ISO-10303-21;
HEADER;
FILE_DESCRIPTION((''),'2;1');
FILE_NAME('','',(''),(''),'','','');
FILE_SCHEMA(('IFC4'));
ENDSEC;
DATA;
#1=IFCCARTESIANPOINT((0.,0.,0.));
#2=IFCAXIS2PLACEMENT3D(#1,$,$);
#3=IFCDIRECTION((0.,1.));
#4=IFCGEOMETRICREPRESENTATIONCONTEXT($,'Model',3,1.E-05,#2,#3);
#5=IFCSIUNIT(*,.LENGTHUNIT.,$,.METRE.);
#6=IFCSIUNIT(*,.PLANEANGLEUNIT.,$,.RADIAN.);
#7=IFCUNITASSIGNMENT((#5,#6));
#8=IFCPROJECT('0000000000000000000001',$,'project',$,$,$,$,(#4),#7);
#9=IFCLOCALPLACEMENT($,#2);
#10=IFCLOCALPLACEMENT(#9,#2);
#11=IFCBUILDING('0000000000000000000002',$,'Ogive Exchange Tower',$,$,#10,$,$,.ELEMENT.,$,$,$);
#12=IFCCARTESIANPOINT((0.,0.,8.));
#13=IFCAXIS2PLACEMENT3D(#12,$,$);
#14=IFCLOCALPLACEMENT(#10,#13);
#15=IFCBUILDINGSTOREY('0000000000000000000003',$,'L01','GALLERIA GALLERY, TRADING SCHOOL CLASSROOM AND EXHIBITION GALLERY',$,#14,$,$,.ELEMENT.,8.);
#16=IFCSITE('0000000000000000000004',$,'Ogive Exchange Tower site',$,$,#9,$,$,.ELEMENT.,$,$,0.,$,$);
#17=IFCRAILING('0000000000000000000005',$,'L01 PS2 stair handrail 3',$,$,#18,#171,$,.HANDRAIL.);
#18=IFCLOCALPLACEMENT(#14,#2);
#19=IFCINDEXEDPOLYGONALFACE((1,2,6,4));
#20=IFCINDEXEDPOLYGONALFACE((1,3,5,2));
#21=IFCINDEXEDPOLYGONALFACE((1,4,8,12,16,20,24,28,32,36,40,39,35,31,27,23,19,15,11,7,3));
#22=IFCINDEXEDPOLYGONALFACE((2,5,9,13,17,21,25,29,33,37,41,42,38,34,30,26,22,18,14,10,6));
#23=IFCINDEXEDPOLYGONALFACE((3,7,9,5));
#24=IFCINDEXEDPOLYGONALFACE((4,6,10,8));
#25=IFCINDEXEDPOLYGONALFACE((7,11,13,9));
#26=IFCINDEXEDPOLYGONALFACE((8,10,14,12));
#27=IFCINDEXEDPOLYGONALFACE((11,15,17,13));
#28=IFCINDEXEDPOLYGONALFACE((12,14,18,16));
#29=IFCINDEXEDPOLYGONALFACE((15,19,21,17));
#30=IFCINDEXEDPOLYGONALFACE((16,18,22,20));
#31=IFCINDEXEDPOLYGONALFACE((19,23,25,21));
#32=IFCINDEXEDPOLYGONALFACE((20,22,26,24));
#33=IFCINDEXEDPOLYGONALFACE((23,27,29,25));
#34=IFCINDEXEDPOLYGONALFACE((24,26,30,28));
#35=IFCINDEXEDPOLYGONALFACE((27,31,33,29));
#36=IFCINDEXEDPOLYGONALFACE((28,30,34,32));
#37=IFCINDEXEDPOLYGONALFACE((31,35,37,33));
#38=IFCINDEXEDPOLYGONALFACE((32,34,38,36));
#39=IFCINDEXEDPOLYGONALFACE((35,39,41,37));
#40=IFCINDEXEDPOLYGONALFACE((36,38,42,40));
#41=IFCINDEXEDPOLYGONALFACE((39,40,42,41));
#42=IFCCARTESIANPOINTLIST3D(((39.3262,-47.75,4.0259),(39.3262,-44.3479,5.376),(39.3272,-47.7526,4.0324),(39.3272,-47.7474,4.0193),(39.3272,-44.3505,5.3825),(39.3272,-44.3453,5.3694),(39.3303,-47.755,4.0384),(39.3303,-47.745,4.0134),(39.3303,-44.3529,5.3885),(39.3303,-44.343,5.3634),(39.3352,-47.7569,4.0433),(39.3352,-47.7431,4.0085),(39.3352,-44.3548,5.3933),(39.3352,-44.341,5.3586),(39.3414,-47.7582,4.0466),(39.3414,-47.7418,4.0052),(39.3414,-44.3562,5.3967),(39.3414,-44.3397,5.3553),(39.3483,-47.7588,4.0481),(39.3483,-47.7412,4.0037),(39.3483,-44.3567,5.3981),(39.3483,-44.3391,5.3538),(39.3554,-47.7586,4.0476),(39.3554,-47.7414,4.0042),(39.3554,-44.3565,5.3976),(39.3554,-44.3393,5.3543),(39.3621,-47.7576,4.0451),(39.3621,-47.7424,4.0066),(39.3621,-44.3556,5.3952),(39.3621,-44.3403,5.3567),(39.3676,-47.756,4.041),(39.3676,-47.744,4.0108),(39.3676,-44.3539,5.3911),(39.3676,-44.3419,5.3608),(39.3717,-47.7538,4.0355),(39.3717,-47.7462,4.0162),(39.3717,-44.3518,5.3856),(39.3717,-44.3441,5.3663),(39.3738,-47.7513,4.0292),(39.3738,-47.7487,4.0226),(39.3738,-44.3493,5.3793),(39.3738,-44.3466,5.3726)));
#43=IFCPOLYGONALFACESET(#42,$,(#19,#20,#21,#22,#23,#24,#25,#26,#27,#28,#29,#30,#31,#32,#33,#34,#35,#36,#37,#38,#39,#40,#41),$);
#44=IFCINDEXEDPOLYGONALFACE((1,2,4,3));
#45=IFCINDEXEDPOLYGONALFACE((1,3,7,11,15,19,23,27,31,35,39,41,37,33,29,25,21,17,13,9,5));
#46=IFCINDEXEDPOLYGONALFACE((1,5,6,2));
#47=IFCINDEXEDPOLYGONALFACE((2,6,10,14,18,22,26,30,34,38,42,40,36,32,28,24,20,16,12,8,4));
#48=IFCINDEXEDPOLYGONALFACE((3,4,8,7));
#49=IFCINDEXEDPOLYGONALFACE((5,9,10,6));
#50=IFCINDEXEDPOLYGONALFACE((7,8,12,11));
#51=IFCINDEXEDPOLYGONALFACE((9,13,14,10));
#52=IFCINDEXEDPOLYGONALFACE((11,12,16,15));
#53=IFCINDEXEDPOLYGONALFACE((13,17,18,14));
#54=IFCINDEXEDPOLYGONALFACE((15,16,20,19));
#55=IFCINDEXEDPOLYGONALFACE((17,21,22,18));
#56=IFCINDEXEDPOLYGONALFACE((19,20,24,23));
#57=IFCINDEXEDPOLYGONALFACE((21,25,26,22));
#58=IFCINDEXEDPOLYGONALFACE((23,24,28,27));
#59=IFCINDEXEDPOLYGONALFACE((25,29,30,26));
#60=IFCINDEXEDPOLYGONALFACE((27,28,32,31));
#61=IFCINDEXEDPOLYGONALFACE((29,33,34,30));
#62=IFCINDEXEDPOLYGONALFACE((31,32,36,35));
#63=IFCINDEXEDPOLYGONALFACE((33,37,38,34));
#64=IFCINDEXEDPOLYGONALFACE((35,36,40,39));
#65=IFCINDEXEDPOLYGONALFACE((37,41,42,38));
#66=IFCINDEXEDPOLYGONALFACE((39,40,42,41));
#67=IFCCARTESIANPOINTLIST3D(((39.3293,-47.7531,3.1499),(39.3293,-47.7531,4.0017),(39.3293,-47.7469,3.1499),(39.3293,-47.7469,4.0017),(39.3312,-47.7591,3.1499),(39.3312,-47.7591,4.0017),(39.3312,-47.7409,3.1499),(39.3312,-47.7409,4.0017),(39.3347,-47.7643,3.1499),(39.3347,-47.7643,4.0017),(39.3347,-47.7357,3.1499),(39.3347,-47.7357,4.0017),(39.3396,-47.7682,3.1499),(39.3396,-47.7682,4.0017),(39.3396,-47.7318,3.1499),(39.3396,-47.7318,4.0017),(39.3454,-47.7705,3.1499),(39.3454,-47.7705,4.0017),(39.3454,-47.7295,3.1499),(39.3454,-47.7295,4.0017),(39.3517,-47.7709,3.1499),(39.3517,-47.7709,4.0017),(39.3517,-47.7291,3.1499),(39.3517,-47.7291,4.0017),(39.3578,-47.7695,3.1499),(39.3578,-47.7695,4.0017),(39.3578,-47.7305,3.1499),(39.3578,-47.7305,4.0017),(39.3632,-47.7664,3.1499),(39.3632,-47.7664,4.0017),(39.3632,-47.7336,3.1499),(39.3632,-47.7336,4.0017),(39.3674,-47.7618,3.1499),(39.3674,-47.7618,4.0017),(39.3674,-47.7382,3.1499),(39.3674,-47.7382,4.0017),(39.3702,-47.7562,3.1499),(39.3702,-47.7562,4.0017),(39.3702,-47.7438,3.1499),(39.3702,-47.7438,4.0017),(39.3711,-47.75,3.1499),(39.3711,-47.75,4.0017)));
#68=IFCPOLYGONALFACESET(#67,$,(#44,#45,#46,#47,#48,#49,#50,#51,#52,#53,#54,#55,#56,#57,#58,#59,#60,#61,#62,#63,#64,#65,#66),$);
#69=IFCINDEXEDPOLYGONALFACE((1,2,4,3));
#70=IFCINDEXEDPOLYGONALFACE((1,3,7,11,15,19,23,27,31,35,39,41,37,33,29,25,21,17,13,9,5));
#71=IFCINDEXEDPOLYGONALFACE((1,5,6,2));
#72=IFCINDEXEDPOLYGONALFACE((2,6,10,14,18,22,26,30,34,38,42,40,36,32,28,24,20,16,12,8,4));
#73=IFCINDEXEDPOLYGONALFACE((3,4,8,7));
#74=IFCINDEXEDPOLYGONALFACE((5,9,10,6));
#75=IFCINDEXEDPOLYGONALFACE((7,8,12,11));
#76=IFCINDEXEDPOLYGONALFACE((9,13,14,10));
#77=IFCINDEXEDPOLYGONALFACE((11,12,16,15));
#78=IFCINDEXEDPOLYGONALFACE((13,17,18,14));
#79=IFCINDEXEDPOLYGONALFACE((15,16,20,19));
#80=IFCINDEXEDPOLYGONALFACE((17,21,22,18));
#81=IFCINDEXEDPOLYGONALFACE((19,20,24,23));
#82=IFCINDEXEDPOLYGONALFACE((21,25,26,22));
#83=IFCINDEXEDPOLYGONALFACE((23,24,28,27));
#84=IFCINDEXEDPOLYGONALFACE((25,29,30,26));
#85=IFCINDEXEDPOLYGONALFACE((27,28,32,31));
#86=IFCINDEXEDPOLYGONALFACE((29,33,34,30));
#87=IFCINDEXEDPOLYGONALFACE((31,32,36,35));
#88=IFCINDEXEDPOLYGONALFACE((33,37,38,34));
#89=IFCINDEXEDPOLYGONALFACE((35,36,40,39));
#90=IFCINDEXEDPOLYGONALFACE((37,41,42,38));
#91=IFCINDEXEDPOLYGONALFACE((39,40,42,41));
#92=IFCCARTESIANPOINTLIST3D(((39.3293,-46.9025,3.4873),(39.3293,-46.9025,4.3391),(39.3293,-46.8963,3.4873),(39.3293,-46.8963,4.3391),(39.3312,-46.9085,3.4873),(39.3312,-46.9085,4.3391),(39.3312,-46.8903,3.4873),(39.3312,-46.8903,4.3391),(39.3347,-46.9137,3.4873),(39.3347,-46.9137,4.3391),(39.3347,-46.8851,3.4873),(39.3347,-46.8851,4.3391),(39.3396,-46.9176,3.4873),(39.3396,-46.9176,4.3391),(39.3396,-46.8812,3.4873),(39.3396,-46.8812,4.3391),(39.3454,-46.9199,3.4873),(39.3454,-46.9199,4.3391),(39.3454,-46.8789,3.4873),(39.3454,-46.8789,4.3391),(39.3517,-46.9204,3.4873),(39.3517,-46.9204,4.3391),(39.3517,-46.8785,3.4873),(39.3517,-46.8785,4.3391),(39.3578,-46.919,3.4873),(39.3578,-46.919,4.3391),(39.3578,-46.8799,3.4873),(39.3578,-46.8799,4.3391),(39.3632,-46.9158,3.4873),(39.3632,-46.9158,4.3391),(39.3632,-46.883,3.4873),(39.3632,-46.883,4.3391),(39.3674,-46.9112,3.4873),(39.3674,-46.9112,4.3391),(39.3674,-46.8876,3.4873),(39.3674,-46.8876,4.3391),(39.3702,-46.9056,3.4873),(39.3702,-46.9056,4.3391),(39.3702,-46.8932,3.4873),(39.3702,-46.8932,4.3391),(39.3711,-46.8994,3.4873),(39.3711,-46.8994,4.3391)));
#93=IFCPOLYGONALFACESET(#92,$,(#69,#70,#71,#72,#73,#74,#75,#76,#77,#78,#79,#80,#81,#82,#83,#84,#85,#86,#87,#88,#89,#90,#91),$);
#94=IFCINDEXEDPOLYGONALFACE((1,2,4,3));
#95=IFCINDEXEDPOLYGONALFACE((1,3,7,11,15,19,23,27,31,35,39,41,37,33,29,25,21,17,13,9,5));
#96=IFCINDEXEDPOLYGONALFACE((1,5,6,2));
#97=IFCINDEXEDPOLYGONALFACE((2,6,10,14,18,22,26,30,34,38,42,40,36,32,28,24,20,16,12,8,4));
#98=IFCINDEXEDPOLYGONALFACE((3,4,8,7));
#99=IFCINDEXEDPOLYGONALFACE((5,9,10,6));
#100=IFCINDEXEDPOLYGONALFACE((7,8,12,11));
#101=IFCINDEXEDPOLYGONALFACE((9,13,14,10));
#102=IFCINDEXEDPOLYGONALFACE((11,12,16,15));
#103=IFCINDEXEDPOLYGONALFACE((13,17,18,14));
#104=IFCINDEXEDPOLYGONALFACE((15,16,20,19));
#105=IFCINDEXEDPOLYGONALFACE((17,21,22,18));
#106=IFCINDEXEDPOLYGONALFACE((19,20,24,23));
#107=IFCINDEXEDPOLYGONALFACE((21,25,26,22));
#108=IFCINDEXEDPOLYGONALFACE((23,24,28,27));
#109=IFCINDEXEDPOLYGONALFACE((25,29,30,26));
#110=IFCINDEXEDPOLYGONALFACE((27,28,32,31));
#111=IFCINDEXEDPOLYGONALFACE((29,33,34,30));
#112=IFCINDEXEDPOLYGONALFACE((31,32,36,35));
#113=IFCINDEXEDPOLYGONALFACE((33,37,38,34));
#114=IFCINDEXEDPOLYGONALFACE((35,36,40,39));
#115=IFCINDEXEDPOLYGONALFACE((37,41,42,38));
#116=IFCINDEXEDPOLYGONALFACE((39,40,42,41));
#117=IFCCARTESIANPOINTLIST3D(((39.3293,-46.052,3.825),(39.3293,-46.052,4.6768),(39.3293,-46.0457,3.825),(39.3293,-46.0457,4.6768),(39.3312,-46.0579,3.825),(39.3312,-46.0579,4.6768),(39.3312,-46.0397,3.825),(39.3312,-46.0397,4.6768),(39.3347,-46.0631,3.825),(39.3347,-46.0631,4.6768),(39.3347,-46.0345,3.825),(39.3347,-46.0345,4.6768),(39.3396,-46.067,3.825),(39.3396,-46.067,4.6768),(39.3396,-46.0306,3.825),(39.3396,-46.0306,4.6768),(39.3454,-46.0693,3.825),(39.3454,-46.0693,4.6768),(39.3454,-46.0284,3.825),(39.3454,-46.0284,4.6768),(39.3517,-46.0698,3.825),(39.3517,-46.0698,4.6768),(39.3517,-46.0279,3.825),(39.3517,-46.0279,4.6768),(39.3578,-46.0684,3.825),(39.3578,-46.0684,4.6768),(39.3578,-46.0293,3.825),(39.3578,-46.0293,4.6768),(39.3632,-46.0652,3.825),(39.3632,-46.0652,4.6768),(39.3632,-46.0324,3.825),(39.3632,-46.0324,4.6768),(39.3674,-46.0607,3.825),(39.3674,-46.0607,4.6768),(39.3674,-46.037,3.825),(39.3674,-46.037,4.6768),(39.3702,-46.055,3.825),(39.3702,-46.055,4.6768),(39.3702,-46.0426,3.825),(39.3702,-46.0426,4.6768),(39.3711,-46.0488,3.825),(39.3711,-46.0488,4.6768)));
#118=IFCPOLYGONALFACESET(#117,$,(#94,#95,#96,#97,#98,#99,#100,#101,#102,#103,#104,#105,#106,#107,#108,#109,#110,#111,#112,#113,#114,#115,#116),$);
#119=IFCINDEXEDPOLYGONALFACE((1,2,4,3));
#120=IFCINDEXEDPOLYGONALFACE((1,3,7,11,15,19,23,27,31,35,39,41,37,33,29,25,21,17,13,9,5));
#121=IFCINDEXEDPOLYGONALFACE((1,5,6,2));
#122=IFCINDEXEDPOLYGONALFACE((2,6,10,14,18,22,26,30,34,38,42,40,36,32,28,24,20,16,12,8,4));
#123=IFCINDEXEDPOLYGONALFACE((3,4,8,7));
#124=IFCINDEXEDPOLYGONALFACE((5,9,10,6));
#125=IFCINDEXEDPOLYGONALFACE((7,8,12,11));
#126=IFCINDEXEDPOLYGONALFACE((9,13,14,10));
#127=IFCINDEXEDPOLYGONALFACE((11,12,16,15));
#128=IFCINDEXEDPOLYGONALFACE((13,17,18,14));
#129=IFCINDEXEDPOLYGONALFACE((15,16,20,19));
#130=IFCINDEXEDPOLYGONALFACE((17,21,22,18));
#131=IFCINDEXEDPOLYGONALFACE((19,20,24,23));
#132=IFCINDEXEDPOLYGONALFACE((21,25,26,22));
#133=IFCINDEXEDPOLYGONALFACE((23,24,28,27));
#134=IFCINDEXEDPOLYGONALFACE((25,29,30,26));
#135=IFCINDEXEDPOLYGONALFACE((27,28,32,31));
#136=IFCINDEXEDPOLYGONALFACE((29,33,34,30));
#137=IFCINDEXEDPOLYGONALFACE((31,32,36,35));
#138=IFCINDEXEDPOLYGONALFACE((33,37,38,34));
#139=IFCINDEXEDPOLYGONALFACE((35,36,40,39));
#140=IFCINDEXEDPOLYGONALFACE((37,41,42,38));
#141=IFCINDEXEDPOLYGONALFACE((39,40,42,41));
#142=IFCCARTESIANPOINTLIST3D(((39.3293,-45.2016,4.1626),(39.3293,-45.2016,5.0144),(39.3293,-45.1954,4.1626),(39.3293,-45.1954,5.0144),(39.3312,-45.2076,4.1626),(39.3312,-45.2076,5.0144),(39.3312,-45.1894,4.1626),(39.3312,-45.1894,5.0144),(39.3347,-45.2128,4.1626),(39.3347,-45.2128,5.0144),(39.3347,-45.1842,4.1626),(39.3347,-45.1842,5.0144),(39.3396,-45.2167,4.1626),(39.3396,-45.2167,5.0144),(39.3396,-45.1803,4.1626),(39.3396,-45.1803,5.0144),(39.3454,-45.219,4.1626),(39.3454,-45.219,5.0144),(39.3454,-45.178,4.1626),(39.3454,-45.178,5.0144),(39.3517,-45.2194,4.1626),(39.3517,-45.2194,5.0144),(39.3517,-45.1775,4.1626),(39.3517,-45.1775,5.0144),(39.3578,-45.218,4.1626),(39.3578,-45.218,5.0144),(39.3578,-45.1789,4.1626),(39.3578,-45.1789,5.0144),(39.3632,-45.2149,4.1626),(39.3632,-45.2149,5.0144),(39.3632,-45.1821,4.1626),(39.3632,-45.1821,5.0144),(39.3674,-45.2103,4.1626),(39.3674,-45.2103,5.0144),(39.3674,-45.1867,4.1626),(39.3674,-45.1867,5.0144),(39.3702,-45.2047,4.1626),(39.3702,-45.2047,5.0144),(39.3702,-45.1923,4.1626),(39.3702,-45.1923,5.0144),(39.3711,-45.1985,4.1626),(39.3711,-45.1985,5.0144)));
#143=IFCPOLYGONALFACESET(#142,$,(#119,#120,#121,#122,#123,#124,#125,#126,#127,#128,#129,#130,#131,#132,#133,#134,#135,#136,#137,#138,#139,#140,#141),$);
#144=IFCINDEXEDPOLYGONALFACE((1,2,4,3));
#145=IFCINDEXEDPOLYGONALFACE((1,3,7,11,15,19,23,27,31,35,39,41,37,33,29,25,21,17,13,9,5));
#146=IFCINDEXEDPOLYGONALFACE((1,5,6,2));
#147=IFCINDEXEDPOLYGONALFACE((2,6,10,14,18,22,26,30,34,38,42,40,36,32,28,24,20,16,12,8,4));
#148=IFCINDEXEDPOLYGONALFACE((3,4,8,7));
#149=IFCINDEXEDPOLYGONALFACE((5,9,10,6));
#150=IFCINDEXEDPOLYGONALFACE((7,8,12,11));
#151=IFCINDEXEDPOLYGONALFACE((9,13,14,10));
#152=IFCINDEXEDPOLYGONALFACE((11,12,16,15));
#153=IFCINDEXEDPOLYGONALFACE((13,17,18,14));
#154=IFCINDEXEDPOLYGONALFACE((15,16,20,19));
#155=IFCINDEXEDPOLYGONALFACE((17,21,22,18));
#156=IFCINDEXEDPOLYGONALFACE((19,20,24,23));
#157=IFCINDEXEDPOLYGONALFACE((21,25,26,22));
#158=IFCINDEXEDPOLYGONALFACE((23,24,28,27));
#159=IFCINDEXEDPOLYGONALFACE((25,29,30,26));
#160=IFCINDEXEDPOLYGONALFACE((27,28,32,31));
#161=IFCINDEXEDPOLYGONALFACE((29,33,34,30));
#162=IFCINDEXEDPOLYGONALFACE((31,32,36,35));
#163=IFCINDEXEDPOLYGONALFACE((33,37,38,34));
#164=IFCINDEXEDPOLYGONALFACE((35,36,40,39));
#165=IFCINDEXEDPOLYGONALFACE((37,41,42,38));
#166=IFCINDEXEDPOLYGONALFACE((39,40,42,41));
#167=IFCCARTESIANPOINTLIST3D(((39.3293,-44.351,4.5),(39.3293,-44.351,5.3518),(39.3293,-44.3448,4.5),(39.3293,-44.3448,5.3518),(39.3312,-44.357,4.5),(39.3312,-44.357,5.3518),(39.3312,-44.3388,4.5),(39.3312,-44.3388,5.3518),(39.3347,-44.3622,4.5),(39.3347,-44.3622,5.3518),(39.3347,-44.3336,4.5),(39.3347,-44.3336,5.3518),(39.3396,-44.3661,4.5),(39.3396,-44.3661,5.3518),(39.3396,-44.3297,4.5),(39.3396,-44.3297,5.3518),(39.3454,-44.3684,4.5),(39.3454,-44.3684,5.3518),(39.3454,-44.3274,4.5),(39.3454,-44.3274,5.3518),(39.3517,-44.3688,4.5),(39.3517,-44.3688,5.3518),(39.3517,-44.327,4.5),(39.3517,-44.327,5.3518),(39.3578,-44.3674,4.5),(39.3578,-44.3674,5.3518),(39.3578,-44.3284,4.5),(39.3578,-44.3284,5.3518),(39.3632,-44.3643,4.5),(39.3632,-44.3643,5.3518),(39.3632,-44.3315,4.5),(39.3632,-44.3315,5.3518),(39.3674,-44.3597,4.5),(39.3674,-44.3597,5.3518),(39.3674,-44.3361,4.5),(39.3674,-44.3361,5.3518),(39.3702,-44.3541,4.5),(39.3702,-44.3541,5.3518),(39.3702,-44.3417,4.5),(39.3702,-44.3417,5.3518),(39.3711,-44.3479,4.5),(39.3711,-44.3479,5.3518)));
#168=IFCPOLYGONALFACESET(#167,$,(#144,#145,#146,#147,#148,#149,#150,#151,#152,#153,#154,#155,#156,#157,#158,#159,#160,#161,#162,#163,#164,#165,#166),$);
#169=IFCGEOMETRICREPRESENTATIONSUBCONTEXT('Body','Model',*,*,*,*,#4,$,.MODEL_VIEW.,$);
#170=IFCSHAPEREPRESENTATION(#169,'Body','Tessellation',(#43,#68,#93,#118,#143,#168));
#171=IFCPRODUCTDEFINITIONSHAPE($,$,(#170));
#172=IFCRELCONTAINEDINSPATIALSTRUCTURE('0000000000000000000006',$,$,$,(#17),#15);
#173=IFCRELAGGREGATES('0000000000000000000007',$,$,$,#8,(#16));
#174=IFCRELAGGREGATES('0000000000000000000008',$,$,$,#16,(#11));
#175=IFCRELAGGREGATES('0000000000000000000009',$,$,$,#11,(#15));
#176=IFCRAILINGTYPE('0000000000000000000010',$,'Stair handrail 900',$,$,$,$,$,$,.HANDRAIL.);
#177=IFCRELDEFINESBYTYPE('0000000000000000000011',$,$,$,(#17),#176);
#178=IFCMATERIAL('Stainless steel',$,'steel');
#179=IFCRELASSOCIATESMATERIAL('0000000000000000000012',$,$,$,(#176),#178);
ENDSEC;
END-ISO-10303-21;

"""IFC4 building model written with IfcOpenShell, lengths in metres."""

from ifc_helpers import new_model, si_unit, direction, frame, origin, origin_2d, place, context, subcontext, project, spatial, circle, extrude, material, type_object, element, save


model = new_model("IFC4")

# Units and contexts
model_context = context("Model", 3, precision=1e-05, world=origin(), true_north=direction((0.0, 1.0)))
body_context = subcontext(model_context, "Body", "Model", "MODEL_VIEW")
ifc_project = project(units=[si_unit("LENGTHUNIT", "METRE"), si_unit("PLANEANGLEUNIT", "RADIAN")], contexts=[model_context])

# Site, building, storey
site_placement = place(None, origin())
site = spatial("IfcSite", under=ifc_project, at=site_placement, Name="Ogive Exchange Tower site", CompositionType="ELEMENT", RefElevation=0.0)
building_placement = place(site_placement, origin())
building = spatial("IfcBuilding", under=site, at=building_placement, Name="Ogive Exchange Tower", CompositionType="ELEMENT")
storey_placement = place(building_placement, frame((0.0, 0.0, 8.0)))
storey = spatial("IfcBuildingStorey", under=building, at=storey_placement, Name="L01", Description="GALLERIA GALLERY, TRADING SCHOOL CLASSROOM AND EXHIBITION GALLERY", CompositionType="ELEMENT", Elevation=8.0)

# Railing
ifc_material_1 = material(Name="Stainless steel", Category="steel")
railing_type = type_object("IfcRailingType", Name="Stair handrail 900", PredefinedType="HANDRAIL", material=ifc_material_1)
railing_1_placement = place(storey_placement, frame((39.3501, -47.75, 3.1499)))
element("IfcRailing", 1, at=railing_1_placement, inside=storey, type_object=railing_type, Name="L01 PS2 stair handrail 3", PredefinedType="HANDRAIL", context=body_context, shape_type="SweptSolid", body=[
    extrude(circle(Radius=0.0239, at=origin_2d()), frame((0.0, 0.0, 0.876), z_axis=(0.0, 0.929485, 0.368859), x_axis=(-1.0, 0.0, 0.0)), (0.0, 0.0, 1.0), 3.6602),
    extrude(circle(Radius=0.021, at=origin_2d()), origin(), (0.0, 0.0, 1.0), 0.8518),
    extrude(circle(Radius=0.021, at=origin_2d()), frame((0.0, 0.8506, 0.3374)), (0.0, 0.0, 1.0), 0.8518),
    extrude(circle(Radius=0.021, at=origin_2d()), frame((0.0, 1.7012, 0.675)), (0.0, 0.0, 1.0), 0.8518),
    extrude(circle(Radius=0.021, at=origin_2d()), frame((0.0, 2.5515, 1.0127)), (0.0, 0.0, 1.0), 0.8518),
    extrude(circle(Radius=0.021, at=origin_2d()), frame((0.0, 3.4021, 1.3501)), (0.0, 0.0, 1.0), 0.8518),
])

save(model, "model.ifc")
